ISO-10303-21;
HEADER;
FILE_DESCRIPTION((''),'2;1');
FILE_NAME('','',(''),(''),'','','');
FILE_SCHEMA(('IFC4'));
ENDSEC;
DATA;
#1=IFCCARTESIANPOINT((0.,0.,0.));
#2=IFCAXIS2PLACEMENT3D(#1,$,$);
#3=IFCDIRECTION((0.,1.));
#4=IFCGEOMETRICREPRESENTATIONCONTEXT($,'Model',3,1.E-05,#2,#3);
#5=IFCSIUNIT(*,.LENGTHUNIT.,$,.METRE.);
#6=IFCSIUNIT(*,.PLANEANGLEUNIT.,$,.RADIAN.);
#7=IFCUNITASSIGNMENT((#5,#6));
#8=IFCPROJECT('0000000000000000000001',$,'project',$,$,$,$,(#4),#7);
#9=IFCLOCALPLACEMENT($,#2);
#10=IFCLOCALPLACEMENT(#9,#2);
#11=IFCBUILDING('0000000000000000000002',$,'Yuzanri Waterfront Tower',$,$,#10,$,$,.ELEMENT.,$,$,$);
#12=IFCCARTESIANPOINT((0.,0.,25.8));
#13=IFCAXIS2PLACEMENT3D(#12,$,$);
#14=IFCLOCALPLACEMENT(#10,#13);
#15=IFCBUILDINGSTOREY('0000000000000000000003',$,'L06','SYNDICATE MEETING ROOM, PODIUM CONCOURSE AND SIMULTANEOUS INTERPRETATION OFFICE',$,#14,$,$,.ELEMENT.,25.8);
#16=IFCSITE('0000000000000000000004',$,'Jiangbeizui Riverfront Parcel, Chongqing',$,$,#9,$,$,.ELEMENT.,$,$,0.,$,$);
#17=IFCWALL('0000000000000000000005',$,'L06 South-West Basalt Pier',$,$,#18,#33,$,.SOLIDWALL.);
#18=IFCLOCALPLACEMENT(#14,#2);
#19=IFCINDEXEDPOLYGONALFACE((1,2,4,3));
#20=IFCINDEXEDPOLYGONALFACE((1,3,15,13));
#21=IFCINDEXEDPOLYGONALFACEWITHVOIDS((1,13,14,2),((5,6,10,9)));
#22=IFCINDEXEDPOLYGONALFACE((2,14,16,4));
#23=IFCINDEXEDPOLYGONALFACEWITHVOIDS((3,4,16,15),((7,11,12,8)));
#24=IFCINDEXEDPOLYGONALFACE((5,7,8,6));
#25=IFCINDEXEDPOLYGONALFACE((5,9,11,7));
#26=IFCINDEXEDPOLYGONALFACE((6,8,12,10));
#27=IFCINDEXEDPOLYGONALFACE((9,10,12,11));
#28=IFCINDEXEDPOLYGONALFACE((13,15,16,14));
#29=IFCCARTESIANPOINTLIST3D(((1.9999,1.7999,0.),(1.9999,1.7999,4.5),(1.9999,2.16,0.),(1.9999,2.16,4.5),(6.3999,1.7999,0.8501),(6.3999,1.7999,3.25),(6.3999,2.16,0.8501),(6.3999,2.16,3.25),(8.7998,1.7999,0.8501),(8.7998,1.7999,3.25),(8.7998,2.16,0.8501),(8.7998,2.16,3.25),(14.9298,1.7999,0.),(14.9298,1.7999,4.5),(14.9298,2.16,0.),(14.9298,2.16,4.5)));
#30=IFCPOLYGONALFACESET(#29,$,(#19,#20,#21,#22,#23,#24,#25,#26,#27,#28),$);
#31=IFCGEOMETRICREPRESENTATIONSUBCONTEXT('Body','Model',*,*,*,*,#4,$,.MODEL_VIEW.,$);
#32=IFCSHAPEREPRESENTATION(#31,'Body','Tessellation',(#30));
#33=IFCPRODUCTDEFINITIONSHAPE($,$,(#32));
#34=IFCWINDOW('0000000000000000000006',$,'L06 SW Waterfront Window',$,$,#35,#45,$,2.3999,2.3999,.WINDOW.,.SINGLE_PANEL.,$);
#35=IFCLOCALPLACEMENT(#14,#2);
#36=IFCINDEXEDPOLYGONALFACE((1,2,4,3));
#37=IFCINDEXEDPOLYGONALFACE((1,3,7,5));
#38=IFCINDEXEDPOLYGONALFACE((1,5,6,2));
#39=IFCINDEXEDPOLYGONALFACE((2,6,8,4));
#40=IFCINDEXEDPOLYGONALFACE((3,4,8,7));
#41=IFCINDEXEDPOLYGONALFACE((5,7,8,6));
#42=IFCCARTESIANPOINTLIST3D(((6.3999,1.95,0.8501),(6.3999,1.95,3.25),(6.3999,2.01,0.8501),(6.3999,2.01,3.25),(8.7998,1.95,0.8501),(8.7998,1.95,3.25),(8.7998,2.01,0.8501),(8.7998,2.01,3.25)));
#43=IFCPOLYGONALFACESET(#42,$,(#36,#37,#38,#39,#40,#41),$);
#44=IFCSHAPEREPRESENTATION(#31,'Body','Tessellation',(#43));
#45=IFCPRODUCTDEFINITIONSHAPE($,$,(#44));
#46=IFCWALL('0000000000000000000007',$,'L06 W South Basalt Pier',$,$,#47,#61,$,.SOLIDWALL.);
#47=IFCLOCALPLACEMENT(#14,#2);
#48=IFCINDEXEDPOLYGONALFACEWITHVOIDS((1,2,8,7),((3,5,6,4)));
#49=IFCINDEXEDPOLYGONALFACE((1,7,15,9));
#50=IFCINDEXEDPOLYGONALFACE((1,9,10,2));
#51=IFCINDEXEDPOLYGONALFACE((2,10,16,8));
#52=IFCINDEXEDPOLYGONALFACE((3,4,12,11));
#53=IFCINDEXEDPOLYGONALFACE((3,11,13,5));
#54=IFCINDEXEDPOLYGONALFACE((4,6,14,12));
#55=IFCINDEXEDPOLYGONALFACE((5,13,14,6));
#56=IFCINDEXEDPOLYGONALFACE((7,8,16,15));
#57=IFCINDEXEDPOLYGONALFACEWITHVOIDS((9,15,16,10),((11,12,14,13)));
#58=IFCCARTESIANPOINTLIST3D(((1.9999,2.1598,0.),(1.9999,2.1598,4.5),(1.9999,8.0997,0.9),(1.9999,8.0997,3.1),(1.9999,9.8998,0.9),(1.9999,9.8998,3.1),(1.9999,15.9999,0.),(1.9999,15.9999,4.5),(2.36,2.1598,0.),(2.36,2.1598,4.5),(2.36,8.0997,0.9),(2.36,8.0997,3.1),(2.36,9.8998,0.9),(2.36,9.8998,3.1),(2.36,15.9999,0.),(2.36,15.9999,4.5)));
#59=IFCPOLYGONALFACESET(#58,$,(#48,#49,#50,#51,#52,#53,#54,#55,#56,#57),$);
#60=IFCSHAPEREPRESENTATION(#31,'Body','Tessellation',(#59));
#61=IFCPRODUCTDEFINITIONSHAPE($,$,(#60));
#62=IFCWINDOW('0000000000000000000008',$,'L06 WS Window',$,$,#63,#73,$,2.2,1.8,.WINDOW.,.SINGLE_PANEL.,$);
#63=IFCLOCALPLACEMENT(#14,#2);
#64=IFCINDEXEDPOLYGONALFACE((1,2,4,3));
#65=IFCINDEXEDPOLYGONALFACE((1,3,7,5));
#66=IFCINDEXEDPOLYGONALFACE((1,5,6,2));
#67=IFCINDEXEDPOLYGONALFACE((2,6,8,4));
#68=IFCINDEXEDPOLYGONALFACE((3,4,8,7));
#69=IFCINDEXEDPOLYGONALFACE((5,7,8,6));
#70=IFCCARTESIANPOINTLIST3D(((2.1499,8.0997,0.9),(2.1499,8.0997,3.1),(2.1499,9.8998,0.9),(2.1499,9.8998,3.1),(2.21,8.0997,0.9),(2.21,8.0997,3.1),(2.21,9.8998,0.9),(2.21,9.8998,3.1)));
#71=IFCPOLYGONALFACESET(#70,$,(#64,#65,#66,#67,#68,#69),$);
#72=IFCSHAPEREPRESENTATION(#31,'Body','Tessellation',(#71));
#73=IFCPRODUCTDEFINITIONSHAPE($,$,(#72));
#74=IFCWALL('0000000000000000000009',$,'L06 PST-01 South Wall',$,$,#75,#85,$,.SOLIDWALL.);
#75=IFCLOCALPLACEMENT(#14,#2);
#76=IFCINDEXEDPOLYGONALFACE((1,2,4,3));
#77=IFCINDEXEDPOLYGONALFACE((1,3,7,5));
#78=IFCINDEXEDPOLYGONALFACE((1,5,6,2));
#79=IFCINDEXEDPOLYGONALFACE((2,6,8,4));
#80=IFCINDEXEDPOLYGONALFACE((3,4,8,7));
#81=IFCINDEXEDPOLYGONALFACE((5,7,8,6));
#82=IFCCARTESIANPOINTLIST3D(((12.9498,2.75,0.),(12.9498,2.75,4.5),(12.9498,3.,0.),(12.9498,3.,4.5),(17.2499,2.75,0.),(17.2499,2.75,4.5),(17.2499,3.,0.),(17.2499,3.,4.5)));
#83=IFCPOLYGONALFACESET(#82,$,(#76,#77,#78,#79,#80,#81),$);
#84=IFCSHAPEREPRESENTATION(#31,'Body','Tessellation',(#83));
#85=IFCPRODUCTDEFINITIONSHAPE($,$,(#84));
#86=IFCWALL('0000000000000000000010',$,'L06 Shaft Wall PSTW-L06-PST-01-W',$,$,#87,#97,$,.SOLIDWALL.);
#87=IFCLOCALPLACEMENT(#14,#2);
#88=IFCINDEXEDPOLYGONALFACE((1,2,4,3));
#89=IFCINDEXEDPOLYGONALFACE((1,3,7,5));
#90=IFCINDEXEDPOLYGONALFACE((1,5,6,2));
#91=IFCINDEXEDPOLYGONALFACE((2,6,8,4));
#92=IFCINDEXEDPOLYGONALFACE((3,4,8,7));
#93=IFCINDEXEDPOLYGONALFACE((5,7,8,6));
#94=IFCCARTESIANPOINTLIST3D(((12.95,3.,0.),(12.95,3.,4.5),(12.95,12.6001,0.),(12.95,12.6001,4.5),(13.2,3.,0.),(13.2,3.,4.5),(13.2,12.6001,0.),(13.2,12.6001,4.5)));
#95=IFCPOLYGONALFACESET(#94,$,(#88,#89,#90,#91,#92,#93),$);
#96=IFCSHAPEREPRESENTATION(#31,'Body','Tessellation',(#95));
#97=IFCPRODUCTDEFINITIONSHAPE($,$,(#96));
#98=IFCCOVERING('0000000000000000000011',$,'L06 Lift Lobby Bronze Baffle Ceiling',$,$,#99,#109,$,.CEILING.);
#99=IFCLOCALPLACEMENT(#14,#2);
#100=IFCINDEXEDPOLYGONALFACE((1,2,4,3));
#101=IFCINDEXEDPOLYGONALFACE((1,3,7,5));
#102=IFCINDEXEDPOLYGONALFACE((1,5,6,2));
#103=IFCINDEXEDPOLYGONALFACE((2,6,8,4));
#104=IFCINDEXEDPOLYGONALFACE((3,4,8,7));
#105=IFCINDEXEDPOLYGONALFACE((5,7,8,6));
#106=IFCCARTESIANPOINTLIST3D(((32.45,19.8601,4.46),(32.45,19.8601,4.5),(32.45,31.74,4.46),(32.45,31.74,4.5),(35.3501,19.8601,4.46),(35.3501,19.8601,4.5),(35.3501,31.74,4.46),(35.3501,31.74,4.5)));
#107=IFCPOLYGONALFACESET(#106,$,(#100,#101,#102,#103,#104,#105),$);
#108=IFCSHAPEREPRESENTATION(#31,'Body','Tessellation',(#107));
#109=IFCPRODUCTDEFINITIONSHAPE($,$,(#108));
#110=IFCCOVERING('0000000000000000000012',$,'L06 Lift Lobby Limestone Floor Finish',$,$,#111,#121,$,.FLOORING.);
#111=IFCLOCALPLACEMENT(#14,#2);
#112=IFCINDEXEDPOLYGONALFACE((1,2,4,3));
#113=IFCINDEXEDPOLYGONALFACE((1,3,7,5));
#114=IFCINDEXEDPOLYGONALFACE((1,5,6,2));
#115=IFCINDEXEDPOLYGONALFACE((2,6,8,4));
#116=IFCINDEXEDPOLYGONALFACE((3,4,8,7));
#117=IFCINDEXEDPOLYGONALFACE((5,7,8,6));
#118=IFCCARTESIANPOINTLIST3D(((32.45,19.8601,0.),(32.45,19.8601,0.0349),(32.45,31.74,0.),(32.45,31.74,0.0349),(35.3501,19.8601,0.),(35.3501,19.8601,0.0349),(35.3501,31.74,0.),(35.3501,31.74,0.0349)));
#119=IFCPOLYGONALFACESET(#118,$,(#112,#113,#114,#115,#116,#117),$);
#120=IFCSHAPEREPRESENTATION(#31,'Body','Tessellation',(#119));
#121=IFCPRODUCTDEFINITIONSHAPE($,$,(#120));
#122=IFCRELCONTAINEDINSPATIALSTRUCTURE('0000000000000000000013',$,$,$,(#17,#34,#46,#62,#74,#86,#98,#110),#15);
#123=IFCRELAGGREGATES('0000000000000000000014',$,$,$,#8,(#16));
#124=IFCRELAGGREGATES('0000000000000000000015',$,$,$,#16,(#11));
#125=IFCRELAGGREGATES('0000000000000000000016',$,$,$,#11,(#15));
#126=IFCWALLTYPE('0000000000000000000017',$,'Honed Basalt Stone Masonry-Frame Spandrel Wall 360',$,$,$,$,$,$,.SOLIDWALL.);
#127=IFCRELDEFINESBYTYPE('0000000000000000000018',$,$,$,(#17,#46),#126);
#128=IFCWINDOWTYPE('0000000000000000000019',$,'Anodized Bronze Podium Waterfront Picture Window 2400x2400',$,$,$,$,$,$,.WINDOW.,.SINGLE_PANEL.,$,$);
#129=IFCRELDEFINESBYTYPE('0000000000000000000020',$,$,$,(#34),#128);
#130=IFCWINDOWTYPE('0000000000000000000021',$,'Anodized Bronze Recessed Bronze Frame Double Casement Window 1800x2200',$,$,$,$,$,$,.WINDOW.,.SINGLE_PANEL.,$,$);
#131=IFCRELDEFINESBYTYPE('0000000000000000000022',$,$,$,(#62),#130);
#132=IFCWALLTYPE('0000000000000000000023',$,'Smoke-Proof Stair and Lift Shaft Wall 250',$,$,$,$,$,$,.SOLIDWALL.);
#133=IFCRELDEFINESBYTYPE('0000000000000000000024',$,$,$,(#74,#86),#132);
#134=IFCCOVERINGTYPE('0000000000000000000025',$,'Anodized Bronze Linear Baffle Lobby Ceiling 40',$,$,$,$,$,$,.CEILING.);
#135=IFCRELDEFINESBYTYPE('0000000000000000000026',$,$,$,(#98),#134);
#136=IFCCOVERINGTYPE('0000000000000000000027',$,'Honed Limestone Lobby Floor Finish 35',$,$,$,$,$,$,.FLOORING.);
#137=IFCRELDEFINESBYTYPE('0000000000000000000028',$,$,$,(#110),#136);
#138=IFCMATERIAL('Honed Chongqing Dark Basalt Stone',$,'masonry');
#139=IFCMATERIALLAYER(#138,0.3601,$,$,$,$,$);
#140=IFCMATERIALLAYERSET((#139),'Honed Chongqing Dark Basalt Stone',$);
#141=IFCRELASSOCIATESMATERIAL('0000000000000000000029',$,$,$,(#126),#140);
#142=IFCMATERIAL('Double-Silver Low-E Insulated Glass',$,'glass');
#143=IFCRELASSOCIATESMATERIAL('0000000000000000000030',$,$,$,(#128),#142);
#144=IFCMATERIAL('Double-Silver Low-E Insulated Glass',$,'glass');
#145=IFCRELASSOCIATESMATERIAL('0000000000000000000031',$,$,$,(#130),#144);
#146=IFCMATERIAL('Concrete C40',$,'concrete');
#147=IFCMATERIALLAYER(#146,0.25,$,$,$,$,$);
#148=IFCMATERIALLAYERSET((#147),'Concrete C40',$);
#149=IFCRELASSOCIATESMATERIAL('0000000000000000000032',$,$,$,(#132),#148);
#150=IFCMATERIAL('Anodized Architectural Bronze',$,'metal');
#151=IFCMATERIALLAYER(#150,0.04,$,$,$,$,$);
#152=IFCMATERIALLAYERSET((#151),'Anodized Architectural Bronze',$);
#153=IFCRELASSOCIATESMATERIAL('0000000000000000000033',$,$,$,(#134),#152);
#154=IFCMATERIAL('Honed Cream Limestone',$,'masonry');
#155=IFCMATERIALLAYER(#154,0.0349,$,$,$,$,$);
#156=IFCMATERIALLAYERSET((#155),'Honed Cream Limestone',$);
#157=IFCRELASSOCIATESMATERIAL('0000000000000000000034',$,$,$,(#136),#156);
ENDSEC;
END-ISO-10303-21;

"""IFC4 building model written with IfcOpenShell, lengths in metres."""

from ifc_helpers import new_model, si_unit, direction, frame, frame_2d, origin, place, context, subcontext, project, spatial, polyline, rectangle, outline, extrude, source, transform, mapped, material, layer, layer_set, type_object, element, fill, save


model = new_model("IFC4")

# Units and contexts
model_context = context("Model", 3, precision=1e-05, world=origin(), true_north=direction((0.0, 1.0)))
body_context = subcontext(model_context, "Body", "Model", "MODEL_VIEW")
ifc_project = project(units=[si_unit("LENGTHUNIT", "METRE"), si_unit("PLANEANGLEUNIT", "RADIAN")], contexts=[model_context])

# Site, building, storey
site_placement = place(None, origin())
site = spatial("IfcSite", under=ifc_project, at=site_placement, Name="Jiangbeizui Riverfront Parcel, Chongqing", CompositionType="ELEMENT", RefElevation=0.0)
building_placement = place(site_placement, origin())
building = spatial("IfcBuilding", under=site, at=building_placement, Name="Yuzanri Waterfront Tower", CompositionType="ELEMENT")
storey_placement = place(building_placement, frame((0.0, 0.0, 25.8)))
storey = spatial("IfcBuildingStorey", under=building, at=storey_placement, Name="L06", Description="SYNDICATE MEETING ROOM, PODIUM CONCOURSE AND SIMULTANEOUS INTERPRETATION OFFICE", CompositionType="ELEMENT", Elevation=25.8)

# Walls, openings, windows
ifc_material_1 = material(Name="Honed Chongqing Dark Basalt Stone", Category="masonry")
ifc_layer_1 = layer(ifc_material_1, 0.3601)
ifc_layer_set_1 = layer_set([ifc_layer_1], Name="Honed Chongqing Dark Basalt Stone")
wall_type_1 = type_object("IfcWallType", Name="Honed Basalt Stone Masonry-Frame Spandrel Wall 360", PredefinedType="SOLIDWALL", material=ifc_layer_set_1)
wall_1_placement = place(storey_placement, frame((2.0, 1.98, 0.0), z_axis=(0.0, 0.0, 1.0), x_axis=(1.0, 0.0, 0.0)))
wall_1 = element("IfcWall", 1, at=wall_1_placement, inside=storey, type_object=wall_type_1, Name="L06 South-West Basalt Pier", PredefinedType="SOLIDWALL", context=body_context, shape_type="SweptSolid", body=[
    extrude(rectangle(XDim=12.9299, YDim=0.3601, at=frame_2d((6.4648, 0.0))), origin(), (0.0, 0.0, 1.0), 4.5),
])
opening_1_placement = place(wall_1_placement, frame((4.3999, 0.0, 0.8501)))
opening_1 = element("IfcOpeningElement", 2, at=opening_1_placement, cuts=wall_1, PredefinedType="OPENING", context=body_context, shape_type="SweptSolid", body=[
    extrude(rectangle(XDim=2.3999, YDim=2.3999, at=frame_2d((1.2, 1.2))), frame((0.0, 0.1948, 0.0), z_axis=(0.0, -1.0, 0.0), x_axis=(1.0, 0.0, 0.0)), (0.0, 0.0, 1.0), 0.3899),
])
ifc_material_2 = material(Name="Double-Silver Low-E Insulated Glass", Category="glass")
window_type_1 = type_object("IfcWindowType", Name="Anodized Bronze Podium Waterfront Picture Window 2400x2400", PartitioningType="SINGLE_PANEL", PredefinedType="WINDOW", material=ifc_material_2)
shared_shape_1 = source(origin(), body_context, "Body", "SweptSolid", [
    extrude(rectangle(XDim=2.3999, YDim=2.3999, at=frame_2d((1.2, 1.2))), frame((0.0, 0.03, 0.0), z_axis=(0.0, -1.0, 0.0), x_axis=(1.0, 0.0, 0.0)), (0.0, 0.0, 1.0), 0.0601),
])
window_1_placement = place(opening_1_placement, origin())
window_1 = element("IfcWindow", 3, at=window_1_placement, inside=storey, type_object=window_type_1, Name="L06 SW Waterfront Window", OverallHeight=2.3999, OverallWidth=2.3999, PartitioningType="SINGLE_PANEL", PredefinedType="WINDOW", context=body_context, shape_type="MappedRepresentation", body=[
    mapped(shared_shape_1, transform((0.0, 0.0, 0.0), scale=1.0)),
])
fill(opening_1, window_1)
wall_2_placement = place(storey_placement, frame((2.1799, 2.1599, 0.0), z_axis=(0.0, 0.0, 1.0), x_axis=(0.0, 1.0, 0.0)))
wall_2 = element("IfcWall", 4, at=wall_2_placement, inside=storey, type_object=wall_type_1, Name="L06 W South Basalt Pier", PredefinedType="SOLIDWALL", context=body_context, shape_type="SweptSolid", body=[
    extrude(rectangle(XDim=13.8401, YDim=0.3601, at=frame_2d((6.9199, 0.0))), origin(), (0.0, 0.0, 1.0), 4.5),
])
opening_2_placement = place(wall_2_placement, frame((5.9399, 0.0, 0.8999)))
opening_2 = element("IfcOpeningElement", 5, at=opening_2_placement, cuts=wall_2, PredefinedType="OPENING", context=body_context, shape_type="SweptSolid", body=[
    extrude(rectangle(XDim=1.8, YDim=2.2, at=frame_2d((0.8999, 1.1001))), frame((0.0, 0.1948, 0.0), z_axis=(0.0, -1.0, 0.0), x_axis=(1.0, 0.0, 0.0)), (0.0, 0.0, 1.0), 0.3899),
])
ifc_material_3 = material(Name="Double-Silver Low-E Insulated Glass", Category="glass")
window_type_2 = type_object("IfcWindowType", Name="Anodized Bronze Recessed Bronze Frame Double Casement Window 1800x2200", PartitioningType="SINGLE_PANEL", PredefinedType="WINDOW", material=ifc_material_3)
shared_shape_2 = source(origin(), body_context, "Body", "SweptSolid", [
    extrude(rectangle(XDim=1.8, YDim=2.2, at=frame_2d((0.8999, 1.1001))), frame((0.0, 0.03, 0.0), z_axis=(0.0, -1.0, 0.0), x_axis=(1.0, 0.0, 0.0)), (0.0, 0.0, 1.0), 0.0601),
])
window_2_placement = place(opening_2_placement, origin())
window_2 = element("IfcWindow", 6, at=window_2_placement, inside=storey, type_object=window_type_2, Name="L06 WS Window", OverallHeight=2.2, OverallWidth=1.8, PartitioningType="SINGLE_PANEL", PredefinedType="WINDOW", context=body_context, shape_type="MappedRepresentation", body=[
    mapped(shared_shape_2, transform((0.0, 0.0, 0.0), scale=1.0)),
])
fill(opening_2, window_2)

# Walls
ifc_material_4 = material(Name="Concrete C40", Category="concrete")
ifc_layer_2 = layer(ifc_material_4, 0.25)
ifc_layer_set_2 = layer_set([ifc_layer_2], Name="Concrete C40")
wall_type_2 = type_object("IfcWallType", Name="Smoke-Proof Stair and Lift Shaft Wall 250", PredefinedType="SOLIDWALL", material=ifc_layer_set_2)
shared_shape_3 = source(origin(), body_context, "Body", "SweptSolid", [
    extrude(rectangle(XDim=4.3, YDim=0.25, at=frame_2d((2.1499, 0.0))), origin(), (0.0, 0.0, 1.0), 4.5),
])
wall_3_placement = place(storey_placement, frame((12.95, 2.875, 0.0), z_axis=(0.0, 0.0, 1.0), x_axis=(1.0, 0.0, 0.0)))
element("IfcWall", 7, at=wall_3_placement, inside=storey, type_object=wall_type_2, Name="L06 PST-01 South Wall", PredefinedType="SOLIDWALL", context=body_context, shape_type="MappedRepresentation", body=[
    mapped(shared_shape_3, transform((0.0, 0.0, 0.0), scale=1.0)),
])
shared_shape_4 = source(origin(), body_context, "Body", "SweptSolid", [
    extrude(rectangle(XDim=9.6001, YDim=0.25, at=frame_2d((4.8, 0.0))), origin(), (0.0, 0.0, 1.0), 4.5),
])
wall_4_placement = place(storey_placement, frame((13.075, 3.0, 0.0), z_axis=(0.0, 0.0, 1.0), x_axis=(0.0, 1.0, 0.0)))
element("IfcWall", 8, at=wall_4_placement, inside=storey, type_object=wall_type_2, Name="L06 Shaft Wall PSTW-L06-PST-01-W", PredefinedType="SOLIDWALL", context=body_context, shape_type="MappedRepresentation", body=[
    mapped(shared_shape_4, transform((0.0, 0.0, 0.0), scale=1.0)),
])

# Coverings
ifc_material_5 = material(Name="Anodized Architectural Bronze", Category="metal")
ifc_layer_3 = layer(ifc_material_5, 0.04)
ifc_layer_set_3 = layer_set([ifc_layer_3], Name="Anodized Architectural Bronze")
covering_type_1 = type_object("IfcCoveringType", Name="Anodized Bronze Linear Baffle Lobby Ceiling 40", PredefinedType="CEILING", material=ifc_layer_set_3)
covering_1_placement = place(storey_placement, frame((0.0, 0.0, 4.46)))
element("IfcCovering", 9, at=covering_1_placement, inside=storey, type_object=covering_type_1, Name="L06 Lift Lobby Bronze Baffle Ceiling", PredefinedType="CEILING", context=body_context, shape_type="SweptSolid", body=[
    extrude(outline(polyline([(32.45, 19.8601), (35.3501, 19.8601), (35.3501, 31.74), (32.45, 31.74), (32.45, 19.8601)])), origin(), (0.0, 0.0, 1.0), 0.04),
])
ifc_material_6 = material(Name="Honed Cream Limestone", Category="masonry")
ifc_layer_4 = layer(ifc_material_6, 0.0349)
ifc_layer_set_4 = layer_set([ifc_layer_4], Name="Honed Cream Limestone")
covering_type_2 = type_object("IfcCoveringType", Name="Honed Limestone Lobby Floor Finish 35", PredefinedType="FLOORING", material=ifc_layer_set_4)
covering_2_placement = place(storey_placement, origin())
element("IfcCovering", 10, at=covering_2_placement, inside=storey, type_object=covering_type_2, Name="L06 Lift Lobby Limestone Floor Finish", PredefinedType="FLOORING", context=body_context, shape_type="SweptSolid", body=[
    extrude(outline(polyline([(32.45, 19.8601), (35.3501, 19.8601), (35.3501, 31.74), (32.45, 31.74), (32.45, 19.8601)])), origin(), (0.0, 0.0, 1.0), 0.0349),
])

save(model, "model.ifc")
